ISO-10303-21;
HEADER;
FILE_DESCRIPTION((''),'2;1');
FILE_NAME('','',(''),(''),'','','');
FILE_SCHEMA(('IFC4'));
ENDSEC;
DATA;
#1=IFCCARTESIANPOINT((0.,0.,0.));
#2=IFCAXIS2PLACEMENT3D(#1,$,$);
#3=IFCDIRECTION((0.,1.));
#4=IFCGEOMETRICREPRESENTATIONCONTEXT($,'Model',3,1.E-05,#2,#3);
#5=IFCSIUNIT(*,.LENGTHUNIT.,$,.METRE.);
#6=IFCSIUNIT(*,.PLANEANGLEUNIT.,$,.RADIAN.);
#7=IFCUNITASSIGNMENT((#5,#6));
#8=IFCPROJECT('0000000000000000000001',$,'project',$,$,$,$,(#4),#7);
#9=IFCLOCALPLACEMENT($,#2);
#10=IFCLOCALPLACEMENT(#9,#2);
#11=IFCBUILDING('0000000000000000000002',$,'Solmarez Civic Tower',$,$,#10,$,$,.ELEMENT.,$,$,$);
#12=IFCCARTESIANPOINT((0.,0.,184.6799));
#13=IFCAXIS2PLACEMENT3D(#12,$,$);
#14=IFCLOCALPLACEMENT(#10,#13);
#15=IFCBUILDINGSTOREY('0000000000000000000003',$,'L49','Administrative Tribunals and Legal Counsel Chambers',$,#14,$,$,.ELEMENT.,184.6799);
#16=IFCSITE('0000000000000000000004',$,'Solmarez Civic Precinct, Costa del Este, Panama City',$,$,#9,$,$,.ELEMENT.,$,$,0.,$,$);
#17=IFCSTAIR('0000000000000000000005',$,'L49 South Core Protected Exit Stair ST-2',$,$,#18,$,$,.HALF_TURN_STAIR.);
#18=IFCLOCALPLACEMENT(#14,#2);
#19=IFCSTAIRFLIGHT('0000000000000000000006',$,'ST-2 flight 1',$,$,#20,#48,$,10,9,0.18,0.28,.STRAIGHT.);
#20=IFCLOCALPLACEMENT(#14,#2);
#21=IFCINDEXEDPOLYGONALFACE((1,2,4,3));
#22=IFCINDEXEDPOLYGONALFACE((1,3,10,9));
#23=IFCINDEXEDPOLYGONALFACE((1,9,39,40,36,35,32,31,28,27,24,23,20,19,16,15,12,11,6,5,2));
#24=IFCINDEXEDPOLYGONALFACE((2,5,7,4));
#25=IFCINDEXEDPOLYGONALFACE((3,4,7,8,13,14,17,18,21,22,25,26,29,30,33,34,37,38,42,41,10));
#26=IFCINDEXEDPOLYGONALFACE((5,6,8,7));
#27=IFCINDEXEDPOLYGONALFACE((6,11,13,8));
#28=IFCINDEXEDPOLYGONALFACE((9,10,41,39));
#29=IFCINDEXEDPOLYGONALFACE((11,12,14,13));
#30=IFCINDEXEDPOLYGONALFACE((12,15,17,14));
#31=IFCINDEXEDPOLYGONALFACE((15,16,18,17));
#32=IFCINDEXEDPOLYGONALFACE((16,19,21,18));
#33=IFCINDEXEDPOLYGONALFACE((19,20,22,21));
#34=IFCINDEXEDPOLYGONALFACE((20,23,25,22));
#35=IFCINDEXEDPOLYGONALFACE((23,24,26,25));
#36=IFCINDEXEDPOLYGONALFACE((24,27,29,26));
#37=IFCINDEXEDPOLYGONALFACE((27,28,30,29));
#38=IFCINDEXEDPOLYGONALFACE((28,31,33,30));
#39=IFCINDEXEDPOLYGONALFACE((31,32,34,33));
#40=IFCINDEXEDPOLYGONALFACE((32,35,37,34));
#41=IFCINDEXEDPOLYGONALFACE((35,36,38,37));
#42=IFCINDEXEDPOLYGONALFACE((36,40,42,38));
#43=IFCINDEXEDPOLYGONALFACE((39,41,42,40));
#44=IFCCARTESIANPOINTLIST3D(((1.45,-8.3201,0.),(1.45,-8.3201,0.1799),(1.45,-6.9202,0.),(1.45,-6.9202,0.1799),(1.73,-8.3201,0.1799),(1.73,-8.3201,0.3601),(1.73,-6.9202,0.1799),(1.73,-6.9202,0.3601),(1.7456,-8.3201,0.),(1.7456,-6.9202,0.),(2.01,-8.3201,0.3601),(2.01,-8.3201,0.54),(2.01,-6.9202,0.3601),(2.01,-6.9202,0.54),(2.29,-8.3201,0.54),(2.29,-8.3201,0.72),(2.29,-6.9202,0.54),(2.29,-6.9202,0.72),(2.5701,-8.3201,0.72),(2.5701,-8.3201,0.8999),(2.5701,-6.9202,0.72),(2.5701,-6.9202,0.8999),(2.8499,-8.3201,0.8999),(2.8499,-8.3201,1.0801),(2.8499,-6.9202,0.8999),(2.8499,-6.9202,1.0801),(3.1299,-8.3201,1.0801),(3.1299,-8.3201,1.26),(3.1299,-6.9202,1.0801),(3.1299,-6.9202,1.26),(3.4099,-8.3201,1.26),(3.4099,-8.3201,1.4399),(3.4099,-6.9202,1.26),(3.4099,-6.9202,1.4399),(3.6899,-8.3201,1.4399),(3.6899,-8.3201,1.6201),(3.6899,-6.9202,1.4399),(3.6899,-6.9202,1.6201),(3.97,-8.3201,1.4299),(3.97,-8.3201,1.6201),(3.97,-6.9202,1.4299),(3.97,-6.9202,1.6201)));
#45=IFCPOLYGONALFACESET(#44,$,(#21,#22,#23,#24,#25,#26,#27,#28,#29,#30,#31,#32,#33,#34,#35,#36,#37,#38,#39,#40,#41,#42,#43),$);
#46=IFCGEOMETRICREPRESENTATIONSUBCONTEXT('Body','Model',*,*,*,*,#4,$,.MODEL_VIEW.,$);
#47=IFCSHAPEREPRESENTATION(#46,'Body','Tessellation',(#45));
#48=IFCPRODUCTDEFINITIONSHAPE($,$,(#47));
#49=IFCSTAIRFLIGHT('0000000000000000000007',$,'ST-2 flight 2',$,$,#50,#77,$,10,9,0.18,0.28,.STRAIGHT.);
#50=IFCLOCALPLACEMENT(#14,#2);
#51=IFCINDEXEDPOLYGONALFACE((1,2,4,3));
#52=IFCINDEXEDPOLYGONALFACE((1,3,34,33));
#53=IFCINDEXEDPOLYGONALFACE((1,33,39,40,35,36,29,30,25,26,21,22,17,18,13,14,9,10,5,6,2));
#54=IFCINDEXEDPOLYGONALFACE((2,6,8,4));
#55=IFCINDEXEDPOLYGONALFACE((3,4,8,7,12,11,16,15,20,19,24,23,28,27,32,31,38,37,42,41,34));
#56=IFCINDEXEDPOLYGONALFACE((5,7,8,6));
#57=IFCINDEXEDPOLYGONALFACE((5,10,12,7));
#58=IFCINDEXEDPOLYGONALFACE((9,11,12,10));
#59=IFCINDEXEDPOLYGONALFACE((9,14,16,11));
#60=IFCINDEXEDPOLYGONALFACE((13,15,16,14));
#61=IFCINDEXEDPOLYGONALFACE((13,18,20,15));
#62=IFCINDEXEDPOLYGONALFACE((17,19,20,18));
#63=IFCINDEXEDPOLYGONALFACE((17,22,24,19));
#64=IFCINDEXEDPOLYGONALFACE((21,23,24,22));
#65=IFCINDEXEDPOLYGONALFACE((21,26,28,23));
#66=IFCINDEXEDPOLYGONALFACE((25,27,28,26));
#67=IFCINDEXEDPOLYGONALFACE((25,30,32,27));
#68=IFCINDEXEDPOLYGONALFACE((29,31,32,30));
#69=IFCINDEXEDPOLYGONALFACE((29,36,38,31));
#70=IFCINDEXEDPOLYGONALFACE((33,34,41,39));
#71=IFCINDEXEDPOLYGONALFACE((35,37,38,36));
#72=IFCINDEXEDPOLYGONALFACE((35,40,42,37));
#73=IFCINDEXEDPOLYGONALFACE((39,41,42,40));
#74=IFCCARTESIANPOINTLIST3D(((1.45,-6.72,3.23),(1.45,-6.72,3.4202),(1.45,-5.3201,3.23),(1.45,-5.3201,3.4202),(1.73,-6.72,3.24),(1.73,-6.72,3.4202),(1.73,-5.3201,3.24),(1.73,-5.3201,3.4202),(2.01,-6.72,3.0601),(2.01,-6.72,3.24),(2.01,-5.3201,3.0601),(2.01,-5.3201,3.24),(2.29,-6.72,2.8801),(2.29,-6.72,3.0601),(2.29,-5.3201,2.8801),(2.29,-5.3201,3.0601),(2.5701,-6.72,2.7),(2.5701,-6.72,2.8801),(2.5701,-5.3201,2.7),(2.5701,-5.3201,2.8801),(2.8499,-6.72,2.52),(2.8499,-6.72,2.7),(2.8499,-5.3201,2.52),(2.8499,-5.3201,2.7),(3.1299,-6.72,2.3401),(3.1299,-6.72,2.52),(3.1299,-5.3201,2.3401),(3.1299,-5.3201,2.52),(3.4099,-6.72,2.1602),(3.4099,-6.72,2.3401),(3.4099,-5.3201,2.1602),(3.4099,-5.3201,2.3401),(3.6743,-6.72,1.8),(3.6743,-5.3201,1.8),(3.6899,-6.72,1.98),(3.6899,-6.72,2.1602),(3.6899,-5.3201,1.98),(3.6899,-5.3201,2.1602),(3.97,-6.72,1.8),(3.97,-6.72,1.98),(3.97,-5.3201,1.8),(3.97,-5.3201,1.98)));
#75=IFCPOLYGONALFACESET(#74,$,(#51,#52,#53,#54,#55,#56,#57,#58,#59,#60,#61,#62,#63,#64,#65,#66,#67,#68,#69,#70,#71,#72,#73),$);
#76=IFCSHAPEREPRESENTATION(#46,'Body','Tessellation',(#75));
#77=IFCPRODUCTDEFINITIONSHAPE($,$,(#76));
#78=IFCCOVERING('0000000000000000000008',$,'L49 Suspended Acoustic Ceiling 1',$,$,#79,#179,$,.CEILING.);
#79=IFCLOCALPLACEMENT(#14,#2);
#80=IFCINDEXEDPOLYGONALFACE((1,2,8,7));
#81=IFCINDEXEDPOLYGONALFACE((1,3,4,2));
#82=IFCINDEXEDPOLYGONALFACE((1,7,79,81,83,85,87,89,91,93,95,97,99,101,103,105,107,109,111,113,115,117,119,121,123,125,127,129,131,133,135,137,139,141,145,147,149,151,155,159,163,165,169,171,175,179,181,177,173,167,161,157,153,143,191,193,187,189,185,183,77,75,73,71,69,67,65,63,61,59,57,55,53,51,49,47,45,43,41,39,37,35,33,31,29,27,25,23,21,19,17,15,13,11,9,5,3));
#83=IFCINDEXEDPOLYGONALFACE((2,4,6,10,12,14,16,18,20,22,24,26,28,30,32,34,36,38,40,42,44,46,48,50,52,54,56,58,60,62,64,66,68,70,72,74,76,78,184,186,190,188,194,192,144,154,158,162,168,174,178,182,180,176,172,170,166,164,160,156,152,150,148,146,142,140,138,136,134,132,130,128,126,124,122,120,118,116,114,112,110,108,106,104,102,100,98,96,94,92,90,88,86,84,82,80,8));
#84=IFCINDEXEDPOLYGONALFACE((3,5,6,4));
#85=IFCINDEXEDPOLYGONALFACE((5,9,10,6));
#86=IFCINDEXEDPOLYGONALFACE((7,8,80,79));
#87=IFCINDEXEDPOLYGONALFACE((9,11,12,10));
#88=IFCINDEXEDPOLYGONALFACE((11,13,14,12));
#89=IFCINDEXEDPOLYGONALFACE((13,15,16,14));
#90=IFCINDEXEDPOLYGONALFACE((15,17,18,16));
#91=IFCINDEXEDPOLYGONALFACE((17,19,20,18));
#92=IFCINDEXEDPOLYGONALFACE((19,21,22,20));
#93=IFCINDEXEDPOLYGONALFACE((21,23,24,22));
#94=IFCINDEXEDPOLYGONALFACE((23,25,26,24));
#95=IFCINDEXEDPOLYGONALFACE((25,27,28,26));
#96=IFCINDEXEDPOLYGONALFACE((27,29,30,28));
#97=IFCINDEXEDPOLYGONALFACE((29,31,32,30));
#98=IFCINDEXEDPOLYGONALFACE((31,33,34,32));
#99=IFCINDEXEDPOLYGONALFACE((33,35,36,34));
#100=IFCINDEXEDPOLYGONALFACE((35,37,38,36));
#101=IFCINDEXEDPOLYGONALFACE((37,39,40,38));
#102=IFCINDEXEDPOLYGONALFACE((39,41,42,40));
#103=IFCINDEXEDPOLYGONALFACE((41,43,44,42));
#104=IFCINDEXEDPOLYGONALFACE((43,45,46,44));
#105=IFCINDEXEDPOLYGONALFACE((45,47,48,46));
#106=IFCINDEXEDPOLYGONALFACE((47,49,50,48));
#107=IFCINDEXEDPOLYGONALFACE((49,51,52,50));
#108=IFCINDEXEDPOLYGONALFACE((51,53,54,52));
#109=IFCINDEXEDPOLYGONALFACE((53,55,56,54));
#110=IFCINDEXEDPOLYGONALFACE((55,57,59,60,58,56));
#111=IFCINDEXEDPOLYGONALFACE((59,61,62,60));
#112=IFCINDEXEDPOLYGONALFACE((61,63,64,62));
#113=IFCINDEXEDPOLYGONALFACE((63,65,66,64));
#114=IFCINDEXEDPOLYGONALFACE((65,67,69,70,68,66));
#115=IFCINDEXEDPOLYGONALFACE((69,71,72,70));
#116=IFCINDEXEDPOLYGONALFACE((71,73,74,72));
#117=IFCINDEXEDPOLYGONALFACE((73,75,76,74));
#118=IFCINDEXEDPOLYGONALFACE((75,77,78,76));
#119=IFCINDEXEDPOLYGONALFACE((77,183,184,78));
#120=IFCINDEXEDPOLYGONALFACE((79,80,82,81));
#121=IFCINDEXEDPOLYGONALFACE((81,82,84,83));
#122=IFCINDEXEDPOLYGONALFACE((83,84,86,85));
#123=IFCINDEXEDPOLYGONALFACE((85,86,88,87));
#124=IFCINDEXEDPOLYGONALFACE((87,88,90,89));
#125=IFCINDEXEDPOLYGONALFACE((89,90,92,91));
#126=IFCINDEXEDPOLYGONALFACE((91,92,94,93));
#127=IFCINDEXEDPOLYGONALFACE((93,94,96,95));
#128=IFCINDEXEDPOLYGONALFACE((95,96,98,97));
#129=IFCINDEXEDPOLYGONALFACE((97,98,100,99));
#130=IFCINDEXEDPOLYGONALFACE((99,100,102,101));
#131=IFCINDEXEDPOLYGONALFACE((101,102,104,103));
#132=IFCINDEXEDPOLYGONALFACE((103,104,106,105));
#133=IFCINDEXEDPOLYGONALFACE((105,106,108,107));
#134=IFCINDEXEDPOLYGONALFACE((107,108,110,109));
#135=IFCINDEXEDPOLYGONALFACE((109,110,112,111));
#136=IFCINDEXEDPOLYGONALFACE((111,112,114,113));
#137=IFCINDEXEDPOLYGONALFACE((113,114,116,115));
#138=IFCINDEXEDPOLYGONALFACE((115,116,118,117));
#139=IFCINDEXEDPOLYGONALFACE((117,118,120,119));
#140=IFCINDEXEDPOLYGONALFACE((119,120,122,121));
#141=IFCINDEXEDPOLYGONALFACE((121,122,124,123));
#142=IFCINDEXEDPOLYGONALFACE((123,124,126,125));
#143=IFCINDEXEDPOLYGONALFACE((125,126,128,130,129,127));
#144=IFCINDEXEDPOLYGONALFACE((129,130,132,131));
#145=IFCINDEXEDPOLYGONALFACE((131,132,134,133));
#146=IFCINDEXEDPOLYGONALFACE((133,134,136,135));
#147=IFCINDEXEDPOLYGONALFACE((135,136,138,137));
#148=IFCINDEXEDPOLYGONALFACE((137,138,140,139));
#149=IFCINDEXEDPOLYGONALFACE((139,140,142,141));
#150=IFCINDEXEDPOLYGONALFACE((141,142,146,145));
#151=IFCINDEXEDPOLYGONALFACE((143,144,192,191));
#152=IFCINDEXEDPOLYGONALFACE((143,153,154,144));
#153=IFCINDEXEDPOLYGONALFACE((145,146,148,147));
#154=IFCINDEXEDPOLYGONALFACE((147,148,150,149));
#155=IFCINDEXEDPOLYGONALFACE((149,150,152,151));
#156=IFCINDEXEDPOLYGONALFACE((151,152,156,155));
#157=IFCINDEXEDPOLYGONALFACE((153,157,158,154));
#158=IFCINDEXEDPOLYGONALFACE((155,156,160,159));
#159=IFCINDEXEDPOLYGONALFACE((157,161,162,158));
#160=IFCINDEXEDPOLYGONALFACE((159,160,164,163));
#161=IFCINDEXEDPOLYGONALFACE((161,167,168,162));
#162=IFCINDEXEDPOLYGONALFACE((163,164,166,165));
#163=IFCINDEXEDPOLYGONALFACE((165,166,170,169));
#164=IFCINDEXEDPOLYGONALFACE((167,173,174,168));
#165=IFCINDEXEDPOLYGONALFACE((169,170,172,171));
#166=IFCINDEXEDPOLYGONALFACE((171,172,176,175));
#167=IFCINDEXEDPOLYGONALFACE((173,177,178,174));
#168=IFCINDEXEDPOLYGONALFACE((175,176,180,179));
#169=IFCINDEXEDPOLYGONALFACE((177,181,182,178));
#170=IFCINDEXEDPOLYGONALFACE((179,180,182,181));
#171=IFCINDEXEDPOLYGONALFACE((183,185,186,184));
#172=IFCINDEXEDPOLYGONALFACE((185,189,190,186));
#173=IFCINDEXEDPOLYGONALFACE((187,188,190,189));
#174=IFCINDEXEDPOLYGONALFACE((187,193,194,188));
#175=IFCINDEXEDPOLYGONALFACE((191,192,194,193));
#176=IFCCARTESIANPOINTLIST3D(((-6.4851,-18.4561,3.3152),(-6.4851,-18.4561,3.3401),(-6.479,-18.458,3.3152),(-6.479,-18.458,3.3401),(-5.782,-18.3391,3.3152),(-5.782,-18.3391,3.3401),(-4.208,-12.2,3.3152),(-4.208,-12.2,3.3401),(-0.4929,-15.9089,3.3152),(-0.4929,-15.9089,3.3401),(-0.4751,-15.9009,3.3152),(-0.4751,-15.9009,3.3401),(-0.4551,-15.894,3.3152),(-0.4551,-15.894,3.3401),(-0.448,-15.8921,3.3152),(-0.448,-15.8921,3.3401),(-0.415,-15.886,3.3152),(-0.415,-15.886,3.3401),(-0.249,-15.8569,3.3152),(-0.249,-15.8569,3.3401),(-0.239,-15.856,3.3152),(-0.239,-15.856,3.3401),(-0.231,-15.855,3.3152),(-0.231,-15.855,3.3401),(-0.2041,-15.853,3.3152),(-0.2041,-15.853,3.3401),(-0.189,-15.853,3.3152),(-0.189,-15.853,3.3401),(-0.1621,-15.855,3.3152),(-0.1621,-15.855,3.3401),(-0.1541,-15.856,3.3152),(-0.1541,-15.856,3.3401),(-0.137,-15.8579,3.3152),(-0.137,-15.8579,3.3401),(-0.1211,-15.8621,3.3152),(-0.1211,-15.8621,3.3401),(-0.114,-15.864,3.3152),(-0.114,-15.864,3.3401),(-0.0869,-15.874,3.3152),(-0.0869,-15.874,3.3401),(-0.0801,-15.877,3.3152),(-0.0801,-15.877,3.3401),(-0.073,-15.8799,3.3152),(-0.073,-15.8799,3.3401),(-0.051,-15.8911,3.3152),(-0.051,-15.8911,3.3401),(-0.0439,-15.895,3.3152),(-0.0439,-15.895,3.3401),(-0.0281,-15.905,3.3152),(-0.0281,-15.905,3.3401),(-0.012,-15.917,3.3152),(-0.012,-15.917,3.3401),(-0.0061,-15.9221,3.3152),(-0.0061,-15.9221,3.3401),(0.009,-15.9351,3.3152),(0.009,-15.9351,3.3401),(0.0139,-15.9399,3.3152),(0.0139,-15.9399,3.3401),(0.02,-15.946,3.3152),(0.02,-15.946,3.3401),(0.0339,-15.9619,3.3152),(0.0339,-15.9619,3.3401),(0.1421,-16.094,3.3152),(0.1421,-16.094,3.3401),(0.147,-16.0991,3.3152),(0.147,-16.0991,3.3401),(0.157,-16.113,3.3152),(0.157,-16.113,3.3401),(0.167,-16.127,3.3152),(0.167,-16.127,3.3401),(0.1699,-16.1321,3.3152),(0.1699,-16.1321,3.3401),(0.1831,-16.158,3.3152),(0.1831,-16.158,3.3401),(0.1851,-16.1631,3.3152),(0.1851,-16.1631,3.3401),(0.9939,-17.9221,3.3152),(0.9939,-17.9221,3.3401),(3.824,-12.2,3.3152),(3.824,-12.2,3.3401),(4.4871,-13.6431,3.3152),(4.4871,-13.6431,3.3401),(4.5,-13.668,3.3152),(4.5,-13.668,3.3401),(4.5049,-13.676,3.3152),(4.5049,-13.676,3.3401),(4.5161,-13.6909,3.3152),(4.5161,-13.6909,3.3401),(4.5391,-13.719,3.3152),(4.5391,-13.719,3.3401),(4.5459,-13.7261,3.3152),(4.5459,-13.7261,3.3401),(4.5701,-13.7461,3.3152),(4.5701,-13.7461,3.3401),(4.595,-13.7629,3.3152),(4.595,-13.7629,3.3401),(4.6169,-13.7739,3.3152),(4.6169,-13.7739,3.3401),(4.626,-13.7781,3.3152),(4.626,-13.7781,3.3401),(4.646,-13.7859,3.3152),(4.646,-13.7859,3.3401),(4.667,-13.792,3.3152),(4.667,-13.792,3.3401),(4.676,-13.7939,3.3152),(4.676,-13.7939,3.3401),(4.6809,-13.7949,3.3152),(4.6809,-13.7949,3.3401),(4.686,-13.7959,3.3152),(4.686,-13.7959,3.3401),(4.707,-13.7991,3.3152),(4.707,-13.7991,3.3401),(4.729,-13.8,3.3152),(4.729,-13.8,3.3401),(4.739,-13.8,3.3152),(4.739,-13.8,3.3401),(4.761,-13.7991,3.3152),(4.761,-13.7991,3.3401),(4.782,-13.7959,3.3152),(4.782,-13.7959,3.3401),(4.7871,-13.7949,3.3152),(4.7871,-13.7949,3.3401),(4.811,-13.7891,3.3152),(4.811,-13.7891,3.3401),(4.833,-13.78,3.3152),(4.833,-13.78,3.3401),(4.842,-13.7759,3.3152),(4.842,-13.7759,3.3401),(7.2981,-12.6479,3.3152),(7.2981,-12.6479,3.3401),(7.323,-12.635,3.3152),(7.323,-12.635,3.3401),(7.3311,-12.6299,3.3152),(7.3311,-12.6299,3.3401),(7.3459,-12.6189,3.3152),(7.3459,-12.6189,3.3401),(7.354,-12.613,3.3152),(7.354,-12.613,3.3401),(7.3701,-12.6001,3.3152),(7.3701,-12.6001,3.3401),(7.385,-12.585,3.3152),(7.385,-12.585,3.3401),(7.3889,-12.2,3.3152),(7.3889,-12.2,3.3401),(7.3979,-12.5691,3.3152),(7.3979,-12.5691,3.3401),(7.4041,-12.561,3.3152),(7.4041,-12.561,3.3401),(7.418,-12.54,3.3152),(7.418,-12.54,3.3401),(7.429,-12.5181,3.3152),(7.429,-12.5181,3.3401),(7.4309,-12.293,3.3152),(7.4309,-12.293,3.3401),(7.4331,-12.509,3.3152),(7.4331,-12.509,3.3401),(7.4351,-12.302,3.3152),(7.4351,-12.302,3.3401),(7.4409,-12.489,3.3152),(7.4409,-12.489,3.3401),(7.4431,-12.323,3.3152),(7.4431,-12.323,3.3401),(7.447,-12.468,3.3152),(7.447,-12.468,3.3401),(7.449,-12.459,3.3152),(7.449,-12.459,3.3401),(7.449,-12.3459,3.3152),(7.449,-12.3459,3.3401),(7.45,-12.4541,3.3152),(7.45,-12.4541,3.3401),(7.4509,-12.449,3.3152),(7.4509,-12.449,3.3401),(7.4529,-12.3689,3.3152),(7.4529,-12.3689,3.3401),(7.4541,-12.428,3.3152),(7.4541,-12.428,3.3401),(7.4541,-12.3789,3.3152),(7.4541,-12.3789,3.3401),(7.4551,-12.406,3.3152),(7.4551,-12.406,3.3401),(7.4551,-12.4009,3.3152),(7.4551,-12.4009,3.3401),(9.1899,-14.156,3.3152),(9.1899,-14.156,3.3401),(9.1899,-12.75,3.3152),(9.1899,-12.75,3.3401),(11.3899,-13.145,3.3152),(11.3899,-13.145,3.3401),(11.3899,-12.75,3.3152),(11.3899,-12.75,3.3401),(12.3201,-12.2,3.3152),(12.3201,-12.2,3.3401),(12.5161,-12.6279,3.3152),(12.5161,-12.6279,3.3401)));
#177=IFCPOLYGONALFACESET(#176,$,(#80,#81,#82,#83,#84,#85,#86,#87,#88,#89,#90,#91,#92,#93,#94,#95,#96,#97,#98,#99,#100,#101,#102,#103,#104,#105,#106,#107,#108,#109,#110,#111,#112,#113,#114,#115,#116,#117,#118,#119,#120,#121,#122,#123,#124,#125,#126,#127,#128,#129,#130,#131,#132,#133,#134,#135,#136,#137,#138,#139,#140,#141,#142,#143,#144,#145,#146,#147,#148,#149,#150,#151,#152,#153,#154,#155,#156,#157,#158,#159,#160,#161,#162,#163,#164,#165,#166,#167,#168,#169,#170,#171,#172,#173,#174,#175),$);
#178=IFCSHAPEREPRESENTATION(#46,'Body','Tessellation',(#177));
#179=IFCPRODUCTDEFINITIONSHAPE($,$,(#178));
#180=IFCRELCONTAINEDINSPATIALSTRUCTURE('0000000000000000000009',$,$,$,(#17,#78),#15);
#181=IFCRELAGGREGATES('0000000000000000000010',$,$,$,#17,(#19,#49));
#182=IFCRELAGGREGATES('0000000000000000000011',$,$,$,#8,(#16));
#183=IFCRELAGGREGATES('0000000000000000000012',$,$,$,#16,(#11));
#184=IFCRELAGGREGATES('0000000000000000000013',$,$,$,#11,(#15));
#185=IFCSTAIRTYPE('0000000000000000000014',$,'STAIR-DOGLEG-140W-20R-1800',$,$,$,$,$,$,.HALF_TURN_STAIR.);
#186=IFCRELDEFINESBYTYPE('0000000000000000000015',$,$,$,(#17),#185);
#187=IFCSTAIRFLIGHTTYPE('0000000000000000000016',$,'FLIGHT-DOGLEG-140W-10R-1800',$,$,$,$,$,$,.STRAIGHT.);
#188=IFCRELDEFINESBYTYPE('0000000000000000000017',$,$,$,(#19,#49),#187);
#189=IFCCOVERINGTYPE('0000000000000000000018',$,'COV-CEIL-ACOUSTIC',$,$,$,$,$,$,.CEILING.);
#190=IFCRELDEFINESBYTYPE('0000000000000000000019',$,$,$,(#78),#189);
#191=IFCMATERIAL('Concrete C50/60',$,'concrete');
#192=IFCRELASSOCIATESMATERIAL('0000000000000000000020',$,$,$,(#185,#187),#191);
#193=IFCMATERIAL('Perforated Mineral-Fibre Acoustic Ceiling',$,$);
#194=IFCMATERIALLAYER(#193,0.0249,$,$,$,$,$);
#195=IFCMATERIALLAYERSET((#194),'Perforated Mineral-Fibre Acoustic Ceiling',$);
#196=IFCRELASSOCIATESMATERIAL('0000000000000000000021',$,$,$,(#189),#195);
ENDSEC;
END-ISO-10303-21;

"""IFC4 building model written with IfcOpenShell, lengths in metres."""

from ifc_helpers import new_model, si_unit, direction, frame, origin, place, context, subcontext, project, spatial, polyline, outline, extrude, material, layer, layer_set, type_object, element, aggregate, save


model = new_model("IFC4")

# Units and contexts
model_context = context("Model", 3, precision=1e-05, world=origin(), true_north=direction((0.0, 1.0)))
body_context = subcontext(model_context, "Body", "Model", "MODEL_VIEW")
ifc_project = project(units=[si_unit("LENGTHUNIT", "METRE"), si_unit("PLANEANGLEUNIT", "RADIAN")], contexts=[model_context])

# Site, building, storey
site_placement = place(None, origin())
site = spatial("IfcSite", under=ifc_project, at=site_placement, Name="Solmarez Civic Precinct, Costa del Este, Panama City", CompositionType="ELEMENT", RefElevation=0.0)
building_placement = place(site_placement, origin())
building = spatial("IfcBuilding", under=site, at=building_placement, Name="Solmarez Civic Tower", CompositionType="ELEMENT")
storey_placement = place(building_placement, frame((0.0, 0.0, 184.6799)))
storey = spatial("IfcBuildingStorey", under=building, at=storey_placement, Name="L49", Description="Administrative Tribunals and Legal Counsel Chambers", CompositionType="ELEMENT", Elevation=184.6799)

# Shared definitions
ifc_material_1 = material(Name="Concrete C50/60", Category="concrete")

# Stair
stair_type = type_object("IfcStairType", Name="STAIR-DOGLEG-140W-20R-1800", PredefinedType="HALF_TURN_STAIR", material=ifc_material_1)
stair_1_placement = place(storey_placement, origin())
stair_1 = element("IfcStair", 1, at=stair_1_placement, inside=storey, type_object=stair_type, Name="L49 South Core Protected Exit Stair ST-2", PredefinedType="HALF_TURN_STAIR")

# Stair flights
stair_flight_type = type_object("IfcStairFlightType", Name="FLIGHT-DOGLEG-140W-10R-1800", PredefinedType="STRAIGHT", material=ifc_material_1)
stair_flight_1_placement = place(storey_placement, frame((1.45, -7.6201, 0.0), z_axis=(0.0, 0.0, 1.0), x_axis=(1.0, 0.0, 0.0)))
stair_flight_1 = element("IfcStairFlight", 2, at=stair_flight_1_placement, type_object=stair_flight_type, Name="ST-2 flight 1", NumberOfRisers=10, NumberOfTreads=9, PredefinedType="STRAIGHT", RiserHeight=0.18, TreadLength=0.28, context=body_context, shape_type="SweptSolid", body=[
    extrude(outline(polyline([(0.0, 0.0), (0.0, 0.1799), (0.28, 0.1799), (0.28, 0.3601), (0.5601, 0.3601), (0.5601, 0.54), (0.8401, 0.54), (0.8401, 0.72), (1.1201, 0.72), (1.1201, 0.8999), (1.3999, 0.8999), (1.3999, 1.0801), (1.6799, 1.0801), (1.6799, 1.26), (1.96, 1.26), (1.96, 1.4399), (2.24, 1.4399), (2.24, 1.6201), (2.52, 1.6201), (2.52, 1.8), (2.52, 1.4299), (0.2957, 0.0), (0.0, 0.0)])), frame((0.0, 0.7, 0.0), z_axis=(0.0, -1.0, 0.0), x_axis=(1.0, 0.0, 0.0)), (0.0, 0.0, 1.0), 1.3999),
])
stair_flight_2_placement = place(storey_placement, frame((3.97, -6.02, 1.8), z_axis=(0.0, 0.0, 1.0), x_axis=(-1.0, 0.0, 0.0)))
stair_flight_2 = element("IfcStairFlight", 3, at=stair_flight_2_placement, type_object=stair_flight_type, Name="ST-2 flight 2", NumberOfRisers=10, NumberOfTreads=9, PredefinedType="STRAIGHT", RiserHeight=0.18, TreadLength=0.28, context=body_context, shape_type="SweptSolid", body=[
    extrude(outline(polyline([(0.0, 0.0), (0.0, 0.1799), (0.28, 0.1799), (0.28, 0.3601), (0.5601, 0.3601), (0.5601, 0.54), (0.8401, 0.54), (0.8401, 0.72), (1.1201, 0.72), (1.1201, 0.8999), (1.3999, 0.8999), (1.3999, 1.0801), (1.6799, 1.0801), (1.6799, 1.26), (1.96, 1.26), (1.96, 1.4399), (2.24, 1.4399), (2.24, 1.6201), (2.52, 1.6201), (2.52, 1.8), (2.52, 1.4299), (0.2957, 0.0), (0.0, 0.0)])), frame((0.0, 0.7, 0.0), z_axis=(0.0, -1.0, 0.0), x_axis=(1.0, 0.0, 0.0)), (0.0, 0.0, 1.0), 1.3999),
])
aggregate(stair_1, [stair_flight_1, stair_flight_2])

# Covering
ifc_material_2 = material(Name="Perforated Mineral-Fibre Acoustic Ceiling")
ifc_layer_1 = layer(ifc_material_2, 0.0249)
ifc_layer_set_1 = layer_set([ifc_layer_1], Name="Perforated Mineral-Fibre Acoustic Ceiling")
covering_type_1 = type_object("IfcCoveringType", Name="COV-CEIL-ACOUSTIC", PredefinedType="CEILING", material=ifc_layer_set_1)
covering_1_placement = place(storey_placement, frame((0.0, 0.0, 3.3152)))
element("IfcCovering", 4, at=covering_1_placement, inside=storey, type_object=covering_type_1, Name="L49 Suspended Acoustic Ceiling 1", PredefinedType="CEILING", context=body_context, shape_type="SweptSolid", body=[
    extrude(outline(polyline([(12.5161, -12.6279), (12.3201, -12.2), (7.3889, -12.2), (7.4309, -12.293), (7.4351, -12.302), (7.4431, -12.323), (7.449, -12.3459), (7.4529, -12.3689), (7.4541, -12.3789), (7.4551, -12.4009), (7.4551, -12.406), (7.4541, -12.428), (7.4509, -12.449), (7.45, -12.4541), (7.449, -12.459), (7.447, -12.468), (7.4409, -12.489), (7.4331, -12.509), (7.429, -12.5181), (7.418, -12.54), (7.4041, -12.561), (7.3979, -12.5691), (7.385, -12.585), (7.3701, -12.6001), (7.354, -12.613), (7.3459, -12.6189), (7.3311, -12.6299), (7.323, -12.635), (7.2981, -12.6479), (4.842, -13.7759), (4.833, -13.78), (4.811, -13.7891), (4.7871, -13.7949), (4.782, -13.7959), (4.761, -13.7991), (4.739, -13.8), (4.729, -13.8), (4.707, -13.7991), (4.686, -13.7959), (4.6809, -13.7949), (4.676, -13.7939), (4.667, -13.792), (4.646, -13.7859), (4.626, -13.7781), (4.6169, -13.7739), (4.595, -13.7629), (4.5701, -13.7461), (4.5459, -13.7261), (4.5391, -13.719), (4.5161, -13.6909), (4.5049, -13.676), (4.5, -13.668), (4.4871, -13.6431), (3.824, -12.2), (-4.208, -12.2), (-6.4851, -18.4561), (-6.479, -18.458), (-5.782, -18.3391), (-0.4929, -15.9089), (-0.4751, -15.9009), (-0.4551, -15.894), (-0.448, -15.8921), (-0.415, -15.886), (-0.249, -15.8569), (-0.239, -15.856), (-0.231, -15.855), (-0.2041, -15.853), (-0.189, -15.853), (-0.1621, -15.855), (-0.1541, -15.856), (-0.137, -15.8579), (-0.1211, -15.8621), (-0.114, -15.864), (-0.0869, -15.874), (-0.0801, -15.877), (-0.073, -15.8799), (-0.051, -15.8911), (-0.0439, -15.895), (-0.0281, -15.905), (-0.012, -15.917), (-0.0061, -15.9221), (0.009, -15.9351), (0.0139, -15.9399), (0.02, -15.946), (0.0339, -15.9619), (0.1421, -16.094), (0.147, -16.0991), (0.157, -16.113), (0.167, -16.127), (0.1699, -16.1321), (0.1831, -16.158), (0.1851, -16.1631), (0.9939, -17.9221), (9.1899, -14.156), (9.1899, -12.75), (11.3899, -12.75), (11.3899, -13.145), (12.5161, -12.6279)])), origin(), (0.0, 0.0, 1.0), 0.0249),
])

save(model, "model.ifc")
